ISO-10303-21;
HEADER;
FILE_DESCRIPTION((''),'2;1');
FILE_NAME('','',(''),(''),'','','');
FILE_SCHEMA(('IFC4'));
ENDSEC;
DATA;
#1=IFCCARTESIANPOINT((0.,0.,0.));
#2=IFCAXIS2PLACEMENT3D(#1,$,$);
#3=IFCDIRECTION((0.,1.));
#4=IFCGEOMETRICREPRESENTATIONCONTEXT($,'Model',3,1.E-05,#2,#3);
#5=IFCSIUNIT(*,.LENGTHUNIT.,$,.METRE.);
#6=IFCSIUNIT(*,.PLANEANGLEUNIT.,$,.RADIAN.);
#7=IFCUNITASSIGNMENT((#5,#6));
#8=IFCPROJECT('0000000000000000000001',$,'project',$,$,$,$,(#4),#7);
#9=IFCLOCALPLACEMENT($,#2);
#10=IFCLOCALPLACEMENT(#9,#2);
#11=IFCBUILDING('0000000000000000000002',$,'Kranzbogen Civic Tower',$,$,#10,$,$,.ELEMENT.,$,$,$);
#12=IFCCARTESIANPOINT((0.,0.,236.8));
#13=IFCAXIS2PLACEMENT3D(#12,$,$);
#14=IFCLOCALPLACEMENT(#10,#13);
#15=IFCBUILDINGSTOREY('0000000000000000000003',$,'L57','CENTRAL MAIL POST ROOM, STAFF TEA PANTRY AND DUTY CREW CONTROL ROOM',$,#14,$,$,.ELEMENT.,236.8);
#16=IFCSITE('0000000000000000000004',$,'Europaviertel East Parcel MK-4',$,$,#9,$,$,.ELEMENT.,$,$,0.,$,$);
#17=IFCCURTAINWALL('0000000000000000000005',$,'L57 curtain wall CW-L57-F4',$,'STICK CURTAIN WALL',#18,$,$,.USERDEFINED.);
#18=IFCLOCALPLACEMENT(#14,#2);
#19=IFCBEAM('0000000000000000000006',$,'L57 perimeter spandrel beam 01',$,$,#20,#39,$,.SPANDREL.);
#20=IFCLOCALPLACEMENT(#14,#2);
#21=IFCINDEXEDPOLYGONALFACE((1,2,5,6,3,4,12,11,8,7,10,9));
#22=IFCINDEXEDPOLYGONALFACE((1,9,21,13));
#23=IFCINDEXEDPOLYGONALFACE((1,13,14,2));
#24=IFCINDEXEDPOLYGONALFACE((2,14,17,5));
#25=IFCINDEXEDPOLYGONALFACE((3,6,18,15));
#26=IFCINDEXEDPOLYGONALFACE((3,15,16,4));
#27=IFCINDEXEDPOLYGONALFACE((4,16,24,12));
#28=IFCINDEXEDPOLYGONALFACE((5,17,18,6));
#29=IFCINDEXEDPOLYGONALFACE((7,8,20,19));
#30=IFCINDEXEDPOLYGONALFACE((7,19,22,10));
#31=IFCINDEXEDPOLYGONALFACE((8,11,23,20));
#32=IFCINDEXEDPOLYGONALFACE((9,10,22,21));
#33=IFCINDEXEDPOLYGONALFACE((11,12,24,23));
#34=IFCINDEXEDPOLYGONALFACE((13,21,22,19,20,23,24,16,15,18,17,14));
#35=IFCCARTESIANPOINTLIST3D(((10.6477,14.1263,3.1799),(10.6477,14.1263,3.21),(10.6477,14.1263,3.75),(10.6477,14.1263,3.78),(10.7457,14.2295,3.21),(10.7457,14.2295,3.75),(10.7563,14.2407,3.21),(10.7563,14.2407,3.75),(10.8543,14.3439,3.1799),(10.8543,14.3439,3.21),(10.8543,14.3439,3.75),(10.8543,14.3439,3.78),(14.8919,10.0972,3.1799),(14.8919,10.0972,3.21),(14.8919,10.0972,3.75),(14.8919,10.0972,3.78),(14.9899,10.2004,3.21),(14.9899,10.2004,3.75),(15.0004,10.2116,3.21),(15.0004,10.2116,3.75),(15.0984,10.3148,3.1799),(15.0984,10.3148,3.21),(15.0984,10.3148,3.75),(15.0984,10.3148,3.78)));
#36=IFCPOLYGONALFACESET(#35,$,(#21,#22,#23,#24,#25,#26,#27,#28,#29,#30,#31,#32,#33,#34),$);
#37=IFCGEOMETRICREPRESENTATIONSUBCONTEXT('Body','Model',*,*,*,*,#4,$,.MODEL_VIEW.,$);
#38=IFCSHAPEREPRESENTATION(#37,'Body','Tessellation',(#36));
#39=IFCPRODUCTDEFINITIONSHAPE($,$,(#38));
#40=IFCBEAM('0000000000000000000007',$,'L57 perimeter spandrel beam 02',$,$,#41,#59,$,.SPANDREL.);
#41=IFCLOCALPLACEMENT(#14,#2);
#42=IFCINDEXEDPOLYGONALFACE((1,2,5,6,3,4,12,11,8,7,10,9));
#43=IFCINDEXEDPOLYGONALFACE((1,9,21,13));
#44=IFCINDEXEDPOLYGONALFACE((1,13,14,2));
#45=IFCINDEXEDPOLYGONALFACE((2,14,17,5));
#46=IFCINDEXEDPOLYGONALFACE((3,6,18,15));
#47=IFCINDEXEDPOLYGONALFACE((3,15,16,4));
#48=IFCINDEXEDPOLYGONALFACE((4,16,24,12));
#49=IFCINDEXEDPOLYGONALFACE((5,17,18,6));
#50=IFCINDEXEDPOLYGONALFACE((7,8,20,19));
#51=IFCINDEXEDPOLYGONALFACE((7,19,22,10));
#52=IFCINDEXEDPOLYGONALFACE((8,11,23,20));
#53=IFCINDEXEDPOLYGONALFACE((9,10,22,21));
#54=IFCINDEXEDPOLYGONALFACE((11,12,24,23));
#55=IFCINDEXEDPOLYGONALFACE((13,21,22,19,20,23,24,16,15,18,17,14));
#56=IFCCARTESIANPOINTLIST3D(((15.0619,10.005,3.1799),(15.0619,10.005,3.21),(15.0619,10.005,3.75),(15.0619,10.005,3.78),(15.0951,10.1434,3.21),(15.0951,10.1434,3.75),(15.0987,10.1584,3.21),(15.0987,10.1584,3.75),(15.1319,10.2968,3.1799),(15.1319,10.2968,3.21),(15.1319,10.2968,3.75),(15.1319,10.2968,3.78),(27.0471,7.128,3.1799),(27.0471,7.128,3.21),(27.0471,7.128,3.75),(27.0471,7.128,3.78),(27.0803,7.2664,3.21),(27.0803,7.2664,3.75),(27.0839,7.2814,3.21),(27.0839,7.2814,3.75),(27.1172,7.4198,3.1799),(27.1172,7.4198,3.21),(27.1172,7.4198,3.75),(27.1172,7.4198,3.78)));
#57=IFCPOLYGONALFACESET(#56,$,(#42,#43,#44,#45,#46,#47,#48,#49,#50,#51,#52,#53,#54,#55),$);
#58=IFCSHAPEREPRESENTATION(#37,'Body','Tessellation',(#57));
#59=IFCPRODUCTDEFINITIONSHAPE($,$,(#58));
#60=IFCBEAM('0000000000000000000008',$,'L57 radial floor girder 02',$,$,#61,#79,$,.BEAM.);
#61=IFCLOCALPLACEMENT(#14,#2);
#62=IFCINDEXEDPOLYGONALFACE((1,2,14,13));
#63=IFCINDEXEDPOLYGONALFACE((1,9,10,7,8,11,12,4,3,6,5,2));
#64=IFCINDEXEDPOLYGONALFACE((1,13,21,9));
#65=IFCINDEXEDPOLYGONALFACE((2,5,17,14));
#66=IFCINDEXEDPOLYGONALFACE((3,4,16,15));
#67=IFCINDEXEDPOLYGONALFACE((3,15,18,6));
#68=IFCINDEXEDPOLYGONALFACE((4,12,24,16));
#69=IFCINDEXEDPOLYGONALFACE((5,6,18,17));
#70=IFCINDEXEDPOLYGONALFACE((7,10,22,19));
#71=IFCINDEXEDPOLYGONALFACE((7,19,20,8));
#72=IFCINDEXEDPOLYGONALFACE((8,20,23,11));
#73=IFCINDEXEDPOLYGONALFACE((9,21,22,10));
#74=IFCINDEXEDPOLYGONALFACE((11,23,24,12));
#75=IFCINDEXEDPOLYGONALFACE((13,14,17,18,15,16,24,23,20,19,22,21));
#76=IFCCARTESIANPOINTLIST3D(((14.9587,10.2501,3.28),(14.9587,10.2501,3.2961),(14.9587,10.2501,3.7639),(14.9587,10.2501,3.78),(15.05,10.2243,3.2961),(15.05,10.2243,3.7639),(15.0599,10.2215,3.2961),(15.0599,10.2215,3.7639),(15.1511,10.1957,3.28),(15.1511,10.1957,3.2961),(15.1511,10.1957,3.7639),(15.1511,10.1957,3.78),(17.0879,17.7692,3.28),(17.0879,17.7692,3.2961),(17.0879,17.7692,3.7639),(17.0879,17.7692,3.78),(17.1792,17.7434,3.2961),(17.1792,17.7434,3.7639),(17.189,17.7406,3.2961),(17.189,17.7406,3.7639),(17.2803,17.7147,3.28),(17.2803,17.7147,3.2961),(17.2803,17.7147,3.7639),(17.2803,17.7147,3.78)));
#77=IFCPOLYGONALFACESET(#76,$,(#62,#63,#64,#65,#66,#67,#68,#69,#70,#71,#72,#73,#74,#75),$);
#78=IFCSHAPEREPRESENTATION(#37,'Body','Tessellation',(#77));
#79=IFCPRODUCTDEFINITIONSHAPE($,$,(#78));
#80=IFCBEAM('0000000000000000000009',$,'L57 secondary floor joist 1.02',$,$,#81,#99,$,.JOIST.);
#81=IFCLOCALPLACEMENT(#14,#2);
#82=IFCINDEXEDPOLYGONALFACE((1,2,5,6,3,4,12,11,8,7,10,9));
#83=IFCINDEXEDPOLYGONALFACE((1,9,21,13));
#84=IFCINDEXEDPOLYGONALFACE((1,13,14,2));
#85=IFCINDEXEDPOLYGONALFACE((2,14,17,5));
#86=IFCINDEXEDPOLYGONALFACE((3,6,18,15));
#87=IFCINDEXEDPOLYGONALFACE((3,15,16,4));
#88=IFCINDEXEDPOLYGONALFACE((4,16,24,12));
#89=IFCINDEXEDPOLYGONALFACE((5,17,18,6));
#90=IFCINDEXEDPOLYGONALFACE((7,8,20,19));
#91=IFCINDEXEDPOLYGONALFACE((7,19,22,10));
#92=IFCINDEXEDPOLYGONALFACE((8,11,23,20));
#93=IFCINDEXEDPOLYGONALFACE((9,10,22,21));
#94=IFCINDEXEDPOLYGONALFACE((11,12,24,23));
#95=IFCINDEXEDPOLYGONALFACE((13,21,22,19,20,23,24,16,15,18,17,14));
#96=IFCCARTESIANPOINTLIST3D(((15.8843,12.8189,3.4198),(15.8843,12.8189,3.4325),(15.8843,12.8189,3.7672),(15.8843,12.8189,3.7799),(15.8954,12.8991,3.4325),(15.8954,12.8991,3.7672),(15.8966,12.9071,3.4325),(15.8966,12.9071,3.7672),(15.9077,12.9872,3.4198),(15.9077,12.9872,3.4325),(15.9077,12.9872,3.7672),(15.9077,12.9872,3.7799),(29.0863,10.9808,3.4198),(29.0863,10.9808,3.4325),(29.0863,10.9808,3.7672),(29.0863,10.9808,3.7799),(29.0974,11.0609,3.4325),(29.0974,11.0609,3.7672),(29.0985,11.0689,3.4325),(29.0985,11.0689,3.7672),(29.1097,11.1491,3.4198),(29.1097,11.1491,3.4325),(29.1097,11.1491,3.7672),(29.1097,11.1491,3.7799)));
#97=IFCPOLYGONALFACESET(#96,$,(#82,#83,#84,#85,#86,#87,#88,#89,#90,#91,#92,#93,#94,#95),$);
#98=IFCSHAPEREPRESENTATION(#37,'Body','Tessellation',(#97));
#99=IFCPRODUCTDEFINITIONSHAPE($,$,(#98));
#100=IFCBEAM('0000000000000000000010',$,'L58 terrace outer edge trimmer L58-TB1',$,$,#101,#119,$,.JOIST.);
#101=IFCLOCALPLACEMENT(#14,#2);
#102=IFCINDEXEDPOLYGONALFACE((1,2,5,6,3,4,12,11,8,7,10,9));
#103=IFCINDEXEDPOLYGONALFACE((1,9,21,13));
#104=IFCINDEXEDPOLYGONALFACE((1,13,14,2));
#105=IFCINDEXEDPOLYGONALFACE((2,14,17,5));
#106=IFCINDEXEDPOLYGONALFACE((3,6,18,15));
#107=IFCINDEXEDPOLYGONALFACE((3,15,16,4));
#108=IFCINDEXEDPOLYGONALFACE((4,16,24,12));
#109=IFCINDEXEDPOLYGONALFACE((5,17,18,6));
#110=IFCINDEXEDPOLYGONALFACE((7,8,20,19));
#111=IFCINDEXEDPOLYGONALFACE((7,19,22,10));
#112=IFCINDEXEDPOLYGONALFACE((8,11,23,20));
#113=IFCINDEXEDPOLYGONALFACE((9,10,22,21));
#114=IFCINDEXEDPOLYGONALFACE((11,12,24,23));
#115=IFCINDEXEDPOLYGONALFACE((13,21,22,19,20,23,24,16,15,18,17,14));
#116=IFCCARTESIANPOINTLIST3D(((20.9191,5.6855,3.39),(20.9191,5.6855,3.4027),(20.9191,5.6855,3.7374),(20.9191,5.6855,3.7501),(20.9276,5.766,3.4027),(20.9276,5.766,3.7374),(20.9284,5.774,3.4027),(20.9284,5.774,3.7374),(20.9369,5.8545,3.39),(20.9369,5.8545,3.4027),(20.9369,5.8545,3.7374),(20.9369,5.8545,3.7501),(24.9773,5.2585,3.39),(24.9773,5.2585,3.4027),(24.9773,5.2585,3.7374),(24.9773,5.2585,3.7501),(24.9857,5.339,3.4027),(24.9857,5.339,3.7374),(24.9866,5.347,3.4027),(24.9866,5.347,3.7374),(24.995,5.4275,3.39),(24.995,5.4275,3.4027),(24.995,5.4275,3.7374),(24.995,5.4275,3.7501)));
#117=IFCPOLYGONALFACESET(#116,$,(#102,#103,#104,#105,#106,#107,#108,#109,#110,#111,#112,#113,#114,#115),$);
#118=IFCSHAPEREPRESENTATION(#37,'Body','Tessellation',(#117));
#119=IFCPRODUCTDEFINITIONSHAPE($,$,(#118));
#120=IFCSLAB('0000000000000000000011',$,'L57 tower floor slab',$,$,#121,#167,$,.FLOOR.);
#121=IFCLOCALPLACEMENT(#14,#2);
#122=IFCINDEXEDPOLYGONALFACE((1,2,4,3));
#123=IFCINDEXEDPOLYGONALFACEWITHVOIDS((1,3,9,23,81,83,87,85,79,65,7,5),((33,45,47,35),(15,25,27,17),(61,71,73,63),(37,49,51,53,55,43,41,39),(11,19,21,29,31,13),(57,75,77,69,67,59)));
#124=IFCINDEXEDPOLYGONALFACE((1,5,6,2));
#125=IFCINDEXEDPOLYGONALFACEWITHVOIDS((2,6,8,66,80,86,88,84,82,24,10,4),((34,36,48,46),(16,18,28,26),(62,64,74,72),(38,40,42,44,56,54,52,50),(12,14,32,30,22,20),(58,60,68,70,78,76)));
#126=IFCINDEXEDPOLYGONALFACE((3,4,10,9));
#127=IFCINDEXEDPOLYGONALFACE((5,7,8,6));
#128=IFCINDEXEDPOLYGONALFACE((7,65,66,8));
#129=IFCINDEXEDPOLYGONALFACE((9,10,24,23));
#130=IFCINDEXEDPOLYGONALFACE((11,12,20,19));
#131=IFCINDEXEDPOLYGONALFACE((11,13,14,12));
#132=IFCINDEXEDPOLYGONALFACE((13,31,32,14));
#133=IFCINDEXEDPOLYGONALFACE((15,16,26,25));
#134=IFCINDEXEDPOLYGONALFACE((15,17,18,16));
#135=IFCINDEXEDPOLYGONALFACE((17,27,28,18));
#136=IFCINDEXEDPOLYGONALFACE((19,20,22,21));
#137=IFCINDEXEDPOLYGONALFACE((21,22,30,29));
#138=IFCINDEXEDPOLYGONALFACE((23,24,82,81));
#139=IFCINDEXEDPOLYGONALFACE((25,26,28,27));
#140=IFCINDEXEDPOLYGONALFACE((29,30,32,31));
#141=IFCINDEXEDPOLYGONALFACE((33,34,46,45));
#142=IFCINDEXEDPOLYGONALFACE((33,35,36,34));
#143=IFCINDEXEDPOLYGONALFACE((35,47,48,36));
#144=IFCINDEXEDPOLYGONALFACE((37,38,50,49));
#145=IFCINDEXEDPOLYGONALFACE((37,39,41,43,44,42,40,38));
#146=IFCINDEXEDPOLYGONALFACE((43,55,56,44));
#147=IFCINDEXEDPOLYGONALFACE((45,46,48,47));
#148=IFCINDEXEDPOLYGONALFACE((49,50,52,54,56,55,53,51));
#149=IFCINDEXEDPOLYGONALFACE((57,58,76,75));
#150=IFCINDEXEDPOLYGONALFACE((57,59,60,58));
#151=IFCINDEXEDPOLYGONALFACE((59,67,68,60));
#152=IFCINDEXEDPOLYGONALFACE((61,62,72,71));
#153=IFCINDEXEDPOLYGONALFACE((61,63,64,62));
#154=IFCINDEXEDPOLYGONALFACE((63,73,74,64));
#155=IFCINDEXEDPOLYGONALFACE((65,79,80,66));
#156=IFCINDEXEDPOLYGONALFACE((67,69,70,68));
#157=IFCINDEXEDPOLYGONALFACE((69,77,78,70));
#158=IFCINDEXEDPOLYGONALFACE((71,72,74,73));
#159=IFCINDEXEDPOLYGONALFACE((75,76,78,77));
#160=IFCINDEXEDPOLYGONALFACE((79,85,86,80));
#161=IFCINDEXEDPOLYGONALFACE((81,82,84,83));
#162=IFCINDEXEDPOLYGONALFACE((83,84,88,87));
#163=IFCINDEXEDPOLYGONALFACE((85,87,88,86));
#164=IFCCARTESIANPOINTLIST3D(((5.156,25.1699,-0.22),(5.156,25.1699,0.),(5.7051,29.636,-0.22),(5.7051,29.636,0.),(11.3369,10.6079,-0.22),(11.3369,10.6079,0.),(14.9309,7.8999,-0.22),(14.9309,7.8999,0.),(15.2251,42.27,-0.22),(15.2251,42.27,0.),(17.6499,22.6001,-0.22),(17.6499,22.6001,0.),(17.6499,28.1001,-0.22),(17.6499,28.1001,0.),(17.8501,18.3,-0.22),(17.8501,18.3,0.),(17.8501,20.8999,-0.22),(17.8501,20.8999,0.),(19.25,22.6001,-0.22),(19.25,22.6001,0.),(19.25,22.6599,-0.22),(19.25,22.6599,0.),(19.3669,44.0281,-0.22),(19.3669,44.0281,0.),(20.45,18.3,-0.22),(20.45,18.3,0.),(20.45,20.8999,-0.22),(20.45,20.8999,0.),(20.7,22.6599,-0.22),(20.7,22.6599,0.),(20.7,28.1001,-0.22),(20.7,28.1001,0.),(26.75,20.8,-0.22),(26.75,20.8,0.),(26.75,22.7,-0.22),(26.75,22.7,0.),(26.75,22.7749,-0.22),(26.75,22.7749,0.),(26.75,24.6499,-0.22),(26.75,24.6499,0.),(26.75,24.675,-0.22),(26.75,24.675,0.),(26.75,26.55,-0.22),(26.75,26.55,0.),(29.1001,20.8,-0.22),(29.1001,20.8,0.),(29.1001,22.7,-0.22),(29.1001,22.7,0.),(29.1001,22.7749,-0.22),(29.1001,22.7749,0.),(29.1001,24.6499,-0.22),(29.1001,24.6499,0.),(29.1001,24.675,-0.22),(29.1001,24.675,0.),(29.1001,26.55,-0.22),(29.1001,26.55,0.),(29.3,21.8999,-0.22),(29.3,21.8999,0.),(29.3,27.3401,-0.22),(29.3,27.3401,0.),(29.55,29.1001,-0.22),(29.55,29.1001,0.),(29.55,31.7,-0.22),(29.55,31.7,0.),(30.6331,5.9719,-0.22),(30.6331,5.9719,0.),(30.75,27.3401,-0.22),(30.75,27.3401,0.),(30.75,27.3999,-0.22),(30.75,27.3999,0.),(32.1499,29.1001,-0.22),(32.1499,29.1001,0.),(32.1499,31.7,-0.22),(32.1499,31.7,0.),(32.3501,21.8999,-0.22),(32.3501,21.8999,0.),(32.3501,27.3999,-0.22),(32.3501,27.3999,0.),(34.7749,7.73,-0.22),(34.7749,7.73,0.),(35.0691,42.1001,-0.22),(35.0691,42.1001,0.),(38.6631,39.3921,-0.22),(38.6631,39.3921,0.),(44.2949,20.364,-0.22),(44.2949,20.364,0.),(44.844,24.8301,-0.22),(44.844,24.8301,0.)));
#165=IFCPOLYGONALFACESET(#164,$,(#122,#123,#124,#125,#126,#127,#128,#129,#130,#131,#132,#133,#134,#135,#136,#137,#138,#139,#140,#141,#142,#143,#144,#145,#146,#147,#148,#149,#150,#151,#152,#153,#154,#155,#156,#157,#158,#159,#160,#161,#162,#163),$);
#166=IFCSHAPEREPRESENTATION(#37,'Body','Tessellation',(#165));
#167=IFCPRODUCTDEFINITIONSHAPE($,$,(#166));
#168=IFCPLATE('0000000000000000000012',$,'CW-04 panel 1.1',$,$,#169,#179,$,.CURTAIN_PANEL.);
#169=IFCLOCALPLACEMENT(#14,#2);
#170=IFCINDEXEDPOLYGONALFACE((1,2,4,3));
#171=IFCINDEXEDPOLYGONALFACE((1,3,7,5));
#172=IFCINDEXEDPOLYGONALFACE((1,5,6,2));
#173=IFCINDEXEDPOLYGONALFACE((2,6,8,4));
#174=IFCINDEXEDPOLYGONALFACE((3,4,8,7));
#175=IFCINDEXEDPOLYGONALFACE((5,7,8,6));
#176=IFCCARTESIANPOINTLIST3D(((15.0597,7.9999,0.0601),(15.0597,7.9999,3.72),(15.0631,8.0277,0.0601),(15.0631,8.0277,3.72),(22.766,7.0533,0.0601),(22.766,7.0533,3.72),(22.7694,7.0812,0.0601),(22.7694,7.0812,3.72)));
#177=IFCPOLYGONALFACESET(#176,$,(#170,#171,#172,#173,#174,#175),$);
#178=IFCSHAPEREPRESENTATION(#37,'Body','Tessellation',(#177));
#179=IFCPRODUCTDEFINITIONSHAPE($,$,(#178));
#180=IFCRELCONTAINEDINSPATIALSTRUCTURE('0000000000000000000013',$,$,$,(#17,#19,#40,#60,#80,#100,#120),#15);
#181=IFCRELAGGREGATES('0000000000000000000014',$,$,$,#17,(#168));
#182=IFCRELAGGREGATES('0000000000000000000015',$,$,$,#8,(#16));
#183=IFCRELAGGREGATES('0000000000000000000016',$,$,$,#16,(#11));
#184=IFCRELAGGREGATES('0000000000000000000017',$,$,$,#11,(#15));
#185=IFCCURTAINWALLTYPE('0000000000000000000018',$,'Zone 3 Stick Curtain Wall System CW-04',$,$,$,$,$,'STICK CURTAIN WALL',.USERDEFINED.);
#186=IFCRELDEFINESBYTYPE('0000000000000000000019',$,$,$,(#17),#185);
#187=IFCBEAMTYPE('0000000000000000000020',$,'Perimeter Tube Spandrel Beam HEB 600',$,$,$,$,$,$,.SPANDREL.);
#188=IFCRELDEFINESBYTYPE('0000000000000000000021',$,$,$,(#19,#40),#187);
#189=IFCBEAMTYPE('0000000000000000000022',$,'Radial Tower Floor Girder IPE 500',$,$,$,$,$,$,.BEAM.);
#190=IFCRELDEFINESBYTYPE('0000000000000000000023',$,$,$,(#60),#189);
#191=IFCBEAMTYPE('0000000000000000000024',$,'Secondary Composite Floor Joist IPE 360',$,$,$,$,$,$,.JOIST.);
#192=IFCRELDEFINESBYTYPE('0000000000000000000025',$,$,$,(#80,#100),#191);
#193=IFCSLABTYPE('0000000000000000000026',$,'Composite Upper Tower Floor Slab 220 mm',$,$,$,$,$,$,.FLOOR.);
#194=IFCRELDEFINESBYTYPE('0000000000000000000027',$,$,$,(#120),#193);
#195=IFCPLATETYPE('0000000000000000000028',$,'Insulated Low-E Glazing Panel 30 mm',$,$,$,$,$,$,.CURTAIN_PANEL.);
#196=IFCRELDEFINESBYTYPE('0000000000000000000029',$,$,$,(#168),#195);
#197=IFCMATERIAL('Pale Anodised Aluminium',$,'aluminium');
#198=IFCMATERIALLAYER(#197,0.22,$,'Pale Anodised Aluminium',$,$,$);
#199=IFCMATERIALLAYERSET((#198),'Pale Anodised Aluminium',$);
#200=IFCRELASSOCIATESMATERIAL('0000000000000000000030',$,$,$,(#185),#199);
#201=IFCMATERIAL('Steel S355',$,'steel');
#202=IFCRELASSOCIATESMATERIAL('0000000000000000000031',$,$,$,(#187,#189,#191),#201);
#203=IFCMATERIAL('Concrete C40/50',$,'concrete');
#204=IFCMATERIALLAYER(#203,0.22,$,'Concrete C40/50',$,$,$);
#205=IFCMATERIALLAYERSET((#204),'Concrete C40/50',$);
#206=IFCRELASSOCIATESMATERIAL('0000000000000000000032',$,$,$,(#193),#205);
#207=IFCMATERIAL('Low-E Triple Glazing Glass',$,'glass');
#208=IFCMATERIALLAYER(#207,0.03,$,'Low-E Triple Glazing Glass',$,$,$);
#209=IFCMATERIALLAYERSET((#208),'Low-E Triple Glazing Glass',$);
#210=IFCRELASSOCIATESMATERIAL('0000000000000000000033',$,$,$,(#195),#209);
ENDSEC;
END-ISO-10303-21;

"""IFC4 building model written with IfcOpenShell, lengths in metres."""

from ifc_helpers import new_model, si_unit, direction, frame, origin, origin_2d, place, context, subcontext, project, spatial, polyline, rectangle, i_section, outline, extrude, material, layer, layer_set, material_profile, profile_set, type_object, element, aggregate, save


model = new_model("IFC4")

# Units and contexts
model_context = context("Model", 3, precision=1e-05, world=origin(), true_north=direction((0.0, 1.0)))
body_context = subcontext(model_context, "Body", "Model", "MODEL_VIEW")
ifc_project = project(units=[si_unit("LENGTHUNIT", "METRE"), si_unit("PLANEANGLEUNIT", "RADIAN")], contexts=[model_context])

# Site, building, storey
site_placement = place(None, origin())
site = spatial("IfcSite", under=ifc_project, at=site_placement, Name="Europaviertel East Parcel MK-4", CompositionType="ELEMENT", RefElevation=0.0)
building_placement = place(site_placement, origin())
building = spatial("IfcBuilding", under=site, at=building_placement, Name="Kranzbogen Civic Tower", CompositionType="ELEMENT")
storey_placement = place(building_placement, frame((0.0, 0.0, 236.8)))
storey = spatial("IfcBuildingStorey", under=building, at=storey_placement, Name="L57", Description="CENTRAL MAIL POST ROOM, STAFF TEA PANTRY AND DUTY CREW CONTROL ROOM", CompositionType="ELEMENT", Elevation=236.8)

# Shared definitions
ifc_material_1 = material(Name="Steel S355", Category="steel")

# Shared definitions
ifc_material_2 = material(Name="Pale Anodised Aluminium", Category="aluminium")
ifc_layer_1 = layer(ifc_material_2, 0.22, Name="Pale Anodised Aluminium")
ifc_layer_set_1 = layer_set([ifc_layer_1], Name="Pale Anodised Aluminium")
curtain_wall_type = type_object("IfcCurtainWallType", Name="Zone 3 Stick Curtain Wall System CW-04", ElementType="STICK CURTAIN WALL", PredefinedType="USERDEFINED", material=ifc_layer_set_1)

# Curtain wall
curtain_wall_1_placement = place(storey_placement, origin())
curtain_wall_1 = element("IfcCurtainWall", 1, at=curtain_wall_1_placement, inside=storey, type_object=curtain_wall_type, Name="L57 curtain wall CW-L57-F4", ObjectType="STICK CURTAIN WALL", PredefinedType="USERDEFINED")

# Beams
ifc_material_profile_1 = material_profile(ifc_material_1, i_section(OverallWidth=0.3, OverallDepth=0.6001, WebThickness=0.0154, FlangeThickness=0.03, at=origin_2d()), Name="HEB 600")
ifc_profile_set_1 = profile_set([ifc_material_profile_1], Name="Steel S355")
beam_type_1 = type_object("IfcBeamType", Name="Perimeter Tube Spandrel Beam HEB 600", PredefinedType="SPANDREL", material=ifc_profile_set_1)
beam_1_placement = place(storey_placement, frame((10.751, 14.2351, 3.48), z_axis=(0.725245, -0.688491, 0.0), x_axis=(0.688491, 0.725245, 0.0)))
element("IfcBeam", 2, at=beam_1_placement, inside=storey, type_object=beam_type_1, Name="L57 perimeter spandrel beam 01", PredefinedType="SPANDREL", context=body_context, shape_type="SweptSolid", body=[
    extrude(i_section(OverallWidth=0.3, OverallDepth=0.6001, WebThickness=0.0154, FlangeThickness=0.03, at=origin_2d()), origin(), (0.0, 0.0, 1.0), 5.8521),
])
beam_2_placement = place(storey_placement, frame((15.0969, 10.1509, 3.48), z_axis=(0.972378, -0.233413, 0.0), x_axis=(0.233413, 0.972378, 0.0)))
element("IfcBeam", 3, at=beam_2_placement, inside=storey, type_object=beam_type_1, Name="L57 perimeter spandrel beam 02", PredefinedType="SPANDREL", context=body_context, shape_type="SweptSolid", body=[
    extrude(i_section(OverallWidth=0.3, OverallDepth=0.6001, WebThickness=0.0154, FlangeThickness=0.03, at=origin_2d()), origin(), (0.0, 0.0, 1.0), 12.3257),
])
ifc_material_profile_2 = material_profile(ifc_material_1, i_section(OverallWidth=0.2, OverallDepth=0.5, WebThickness=0.0103, FlangeThickness=0.0161, at=origin_2d()), Name="IPE 500")
ifc_profile_set_2 = profile_set([ifc_material_profile_2], Name="Steel S355")
beam_type_2 = type_object("IfcBeamType", Name="Radial Tower Floor Girder IPE 500", PredefinedType="BEAM", material=ifc_profile_set_2)
beam_3_placement = place(storey_placement, frame((15.0549, 10.2229, 3.53), z_axis=(0.272455, 0.962169, 0.0), x_axis=(-0.962169, 0.272455, 0.0)))
element("IfcBeam", 4, at=beam_3_placement, inside=storey, type_object=beam_type_2, Name="L57 radial floor girder 02", PredefinedType="BEAM", context=body_context, shape_type="SweptSolid", body=[
    extrude(i_section(OverallWidth=0.2, OverallDepth=0.5, WebThickness=0.0103, FlangeThickness=0.0161, at=origin_2d()), origin(), (0.0, 0.0, 1.0), 7.8147),
])
ifc_material_profile_3 = material_profile(ifc_material_1, i_section(OverallWidth=0.1699, OverallDepth=0.3601, WebThickness=0.0081, FlangeThickness=0.0127, at=origin_2d()), Name="IPE 360")
ifc_profile_set_3 = profile_set([ifc_material_profile_3], Name="Steel S355")
beam_type_3 = type_object("IfcBeamType", Name="Secondary Composite Floor Joist IPE 360", PredefinedType="JOIST", material=ifc_profile_set_3)
beam_4_placement = place(storey_placement, frame((15.896, 12.9031, 3.5999), z_axis=(0.990446, -0.137902, 0.0), x_axis=(0.137902, 0.990446, 0.0)))
element("IfcBeam", 5, at=beam_4_placement, inside=storey, type_object=beam_type_3, Name="L57 secondary floor joist 1.02", PredefinedType="JOIST", context=body_context, shape_type="SweptSolid", body=[
    extrude(i_section(OverallWidth=0.1699, OverallDepth=0.3601, WebThickness=0.0081, FlangeThickness=0.0127, at=origin_2d()), origin(), (0.0, 0.0, 1.0), 13.3293),
])
beam_5_placement = place(storey_placement, frame((20.928, 5.77, 3.5701), z_axis=(0.99451, -0.104644, 0.0), x_axis=(0.104644, 0.99451, 0.0)))
element("IfcBeam", 6, at=beam_5_placement, inside=storey, type_object=beam_type_3, Name="L58 terrace outer edge trimmer L58-TB1", PredefinedType="JOIST", context=body_context, shape_type="SweptSolid", body=[
    extrude(i_section(OverallWidth=0.1699, OverallDepth=0.3601, WebThickness=0.0081, FlangeThickness=0.0127, at=origin_2d()), origin(), (0.0, 0.0, 1.0), 4.0806),
])

# Slab
ifc_material_3 = material(Name="Concrete C40/50", Category="concrete")
ifc_layer_2 = layer(ifc_material_3, 0.22, Name="Concrete C40/50")
ifc_layer_set_2 = layer_set([ifc_layer_2], Name="Concrete C40/50")
slab_type_1 = type_object("IfcSlabType", Name="Composite Upper Tower Floor Slab 220 mm", PredefinedType="FLOOR", material=ifc_layer_set_2)
slab_1_placement = place(storey_placement, frame((0.0, 0.0, -0.22)))
element("IfcSlab", 7, at=slab_1_placement, inside=storey, type_object=slab_type_1, Name="L57 tower floor slab", PredefinedType="FLOOR", context=body_context, shape_type="SweptSolid", body=[
    extrude(outline(polyline([(35.0691, 42.1001), (19.3669, 44.0281), (15.2251, 42.27), (5.7051, 29.636), (5.156, 25.1699), (11.3369, 10.6079), (14.9309, 7.8999), (30.6331, 5.9719), (34.7749, 7.73), (44.2949, 20.364), (44.844, 24.8301), (38.6631, 39.3921), (35.0691, 42.1001)]), holes=[polyline([(17.8501, 20.8999), (20.45, 20.8999), (20.45, 18.3), (17.8501, 18.3), (17.8501, 20.8999)]), polyline([(29.1001, 22.7), (29.1001, 20.8), (26.75, 20.8), (26.75, 22.7), (29.1001, 22.7)]), polyline([(29.1001, 24.6499), (29.1001, 22.7749), (26.75, 22.7749), (26.75, 24.6499), (26.75, 24.675), (26.75, 26.55), (29.1001, 26.55), (29.1001, 24.675), (29.1001, 24.6499)]), polyline([(29.3, 27.3401), (30.75, 27.3401), (30.75, 27.3999), (32.3501, 27.3999), (32.3501, 21.8999), (29.3, 21.8999), (29.3, 27.3401)]), polyline([(20.7, 22.6599), (19.25, 22.6599), (19.25, 22.6001), (17.6499, 22.6001), (17.6499, 28.1001), (20.7, 28.1001), (20.7, 22.6599)]), polyline([(32.1499, 31.7), (32.1499, 29.1001), (29.55, 29.1001), (29.55, 31.7), (32.1499, 31.7)])]), origin(), (0.0, 0.0, 1.0), 0.22),
])

# Plate
ifc_material_4 = material(Name="Low-E Triple Glazing Glass", Category="glass")
ifc_layer_3 = layer(ifc_material_4, 0.03, Name="Low-E Triple Glazing Glass")
ifc_layer_set_3 = layer_set([ifc_layer_3], Name="Low-E Triple Glazing Glass")
plate_type = type_object("IfcPlateType", Name="Insulated Low-E Glazing Panel 30 mm", PredefinedType="CURTAIN_PANEL", material=ifc_layer_set_3)
plate_placement = place(storey_placement, frame((18.9146, 7.5405, 0.0601), z_axis=(0.0, 0.0, 1.0), x_axis=(0.992541, -0.121911, 0.0)))
plate = element("IfcPlate", 8, at=plate_placement, type_object=plate_type, Name="CW-04 panel 1.1", PredefinedType="CURTAIN_PANEL", context=body_context, shape_type="SweptSolid", body=[
    extrude(rectangle(XDim=7.7642, YDim=0.0281, at=origin_2d()), origin(), (0.0, 0.0, 1.0), 3.6599),
])
aggregate(curtain_wall_1, [plate])

save(model, "model.ifc")
